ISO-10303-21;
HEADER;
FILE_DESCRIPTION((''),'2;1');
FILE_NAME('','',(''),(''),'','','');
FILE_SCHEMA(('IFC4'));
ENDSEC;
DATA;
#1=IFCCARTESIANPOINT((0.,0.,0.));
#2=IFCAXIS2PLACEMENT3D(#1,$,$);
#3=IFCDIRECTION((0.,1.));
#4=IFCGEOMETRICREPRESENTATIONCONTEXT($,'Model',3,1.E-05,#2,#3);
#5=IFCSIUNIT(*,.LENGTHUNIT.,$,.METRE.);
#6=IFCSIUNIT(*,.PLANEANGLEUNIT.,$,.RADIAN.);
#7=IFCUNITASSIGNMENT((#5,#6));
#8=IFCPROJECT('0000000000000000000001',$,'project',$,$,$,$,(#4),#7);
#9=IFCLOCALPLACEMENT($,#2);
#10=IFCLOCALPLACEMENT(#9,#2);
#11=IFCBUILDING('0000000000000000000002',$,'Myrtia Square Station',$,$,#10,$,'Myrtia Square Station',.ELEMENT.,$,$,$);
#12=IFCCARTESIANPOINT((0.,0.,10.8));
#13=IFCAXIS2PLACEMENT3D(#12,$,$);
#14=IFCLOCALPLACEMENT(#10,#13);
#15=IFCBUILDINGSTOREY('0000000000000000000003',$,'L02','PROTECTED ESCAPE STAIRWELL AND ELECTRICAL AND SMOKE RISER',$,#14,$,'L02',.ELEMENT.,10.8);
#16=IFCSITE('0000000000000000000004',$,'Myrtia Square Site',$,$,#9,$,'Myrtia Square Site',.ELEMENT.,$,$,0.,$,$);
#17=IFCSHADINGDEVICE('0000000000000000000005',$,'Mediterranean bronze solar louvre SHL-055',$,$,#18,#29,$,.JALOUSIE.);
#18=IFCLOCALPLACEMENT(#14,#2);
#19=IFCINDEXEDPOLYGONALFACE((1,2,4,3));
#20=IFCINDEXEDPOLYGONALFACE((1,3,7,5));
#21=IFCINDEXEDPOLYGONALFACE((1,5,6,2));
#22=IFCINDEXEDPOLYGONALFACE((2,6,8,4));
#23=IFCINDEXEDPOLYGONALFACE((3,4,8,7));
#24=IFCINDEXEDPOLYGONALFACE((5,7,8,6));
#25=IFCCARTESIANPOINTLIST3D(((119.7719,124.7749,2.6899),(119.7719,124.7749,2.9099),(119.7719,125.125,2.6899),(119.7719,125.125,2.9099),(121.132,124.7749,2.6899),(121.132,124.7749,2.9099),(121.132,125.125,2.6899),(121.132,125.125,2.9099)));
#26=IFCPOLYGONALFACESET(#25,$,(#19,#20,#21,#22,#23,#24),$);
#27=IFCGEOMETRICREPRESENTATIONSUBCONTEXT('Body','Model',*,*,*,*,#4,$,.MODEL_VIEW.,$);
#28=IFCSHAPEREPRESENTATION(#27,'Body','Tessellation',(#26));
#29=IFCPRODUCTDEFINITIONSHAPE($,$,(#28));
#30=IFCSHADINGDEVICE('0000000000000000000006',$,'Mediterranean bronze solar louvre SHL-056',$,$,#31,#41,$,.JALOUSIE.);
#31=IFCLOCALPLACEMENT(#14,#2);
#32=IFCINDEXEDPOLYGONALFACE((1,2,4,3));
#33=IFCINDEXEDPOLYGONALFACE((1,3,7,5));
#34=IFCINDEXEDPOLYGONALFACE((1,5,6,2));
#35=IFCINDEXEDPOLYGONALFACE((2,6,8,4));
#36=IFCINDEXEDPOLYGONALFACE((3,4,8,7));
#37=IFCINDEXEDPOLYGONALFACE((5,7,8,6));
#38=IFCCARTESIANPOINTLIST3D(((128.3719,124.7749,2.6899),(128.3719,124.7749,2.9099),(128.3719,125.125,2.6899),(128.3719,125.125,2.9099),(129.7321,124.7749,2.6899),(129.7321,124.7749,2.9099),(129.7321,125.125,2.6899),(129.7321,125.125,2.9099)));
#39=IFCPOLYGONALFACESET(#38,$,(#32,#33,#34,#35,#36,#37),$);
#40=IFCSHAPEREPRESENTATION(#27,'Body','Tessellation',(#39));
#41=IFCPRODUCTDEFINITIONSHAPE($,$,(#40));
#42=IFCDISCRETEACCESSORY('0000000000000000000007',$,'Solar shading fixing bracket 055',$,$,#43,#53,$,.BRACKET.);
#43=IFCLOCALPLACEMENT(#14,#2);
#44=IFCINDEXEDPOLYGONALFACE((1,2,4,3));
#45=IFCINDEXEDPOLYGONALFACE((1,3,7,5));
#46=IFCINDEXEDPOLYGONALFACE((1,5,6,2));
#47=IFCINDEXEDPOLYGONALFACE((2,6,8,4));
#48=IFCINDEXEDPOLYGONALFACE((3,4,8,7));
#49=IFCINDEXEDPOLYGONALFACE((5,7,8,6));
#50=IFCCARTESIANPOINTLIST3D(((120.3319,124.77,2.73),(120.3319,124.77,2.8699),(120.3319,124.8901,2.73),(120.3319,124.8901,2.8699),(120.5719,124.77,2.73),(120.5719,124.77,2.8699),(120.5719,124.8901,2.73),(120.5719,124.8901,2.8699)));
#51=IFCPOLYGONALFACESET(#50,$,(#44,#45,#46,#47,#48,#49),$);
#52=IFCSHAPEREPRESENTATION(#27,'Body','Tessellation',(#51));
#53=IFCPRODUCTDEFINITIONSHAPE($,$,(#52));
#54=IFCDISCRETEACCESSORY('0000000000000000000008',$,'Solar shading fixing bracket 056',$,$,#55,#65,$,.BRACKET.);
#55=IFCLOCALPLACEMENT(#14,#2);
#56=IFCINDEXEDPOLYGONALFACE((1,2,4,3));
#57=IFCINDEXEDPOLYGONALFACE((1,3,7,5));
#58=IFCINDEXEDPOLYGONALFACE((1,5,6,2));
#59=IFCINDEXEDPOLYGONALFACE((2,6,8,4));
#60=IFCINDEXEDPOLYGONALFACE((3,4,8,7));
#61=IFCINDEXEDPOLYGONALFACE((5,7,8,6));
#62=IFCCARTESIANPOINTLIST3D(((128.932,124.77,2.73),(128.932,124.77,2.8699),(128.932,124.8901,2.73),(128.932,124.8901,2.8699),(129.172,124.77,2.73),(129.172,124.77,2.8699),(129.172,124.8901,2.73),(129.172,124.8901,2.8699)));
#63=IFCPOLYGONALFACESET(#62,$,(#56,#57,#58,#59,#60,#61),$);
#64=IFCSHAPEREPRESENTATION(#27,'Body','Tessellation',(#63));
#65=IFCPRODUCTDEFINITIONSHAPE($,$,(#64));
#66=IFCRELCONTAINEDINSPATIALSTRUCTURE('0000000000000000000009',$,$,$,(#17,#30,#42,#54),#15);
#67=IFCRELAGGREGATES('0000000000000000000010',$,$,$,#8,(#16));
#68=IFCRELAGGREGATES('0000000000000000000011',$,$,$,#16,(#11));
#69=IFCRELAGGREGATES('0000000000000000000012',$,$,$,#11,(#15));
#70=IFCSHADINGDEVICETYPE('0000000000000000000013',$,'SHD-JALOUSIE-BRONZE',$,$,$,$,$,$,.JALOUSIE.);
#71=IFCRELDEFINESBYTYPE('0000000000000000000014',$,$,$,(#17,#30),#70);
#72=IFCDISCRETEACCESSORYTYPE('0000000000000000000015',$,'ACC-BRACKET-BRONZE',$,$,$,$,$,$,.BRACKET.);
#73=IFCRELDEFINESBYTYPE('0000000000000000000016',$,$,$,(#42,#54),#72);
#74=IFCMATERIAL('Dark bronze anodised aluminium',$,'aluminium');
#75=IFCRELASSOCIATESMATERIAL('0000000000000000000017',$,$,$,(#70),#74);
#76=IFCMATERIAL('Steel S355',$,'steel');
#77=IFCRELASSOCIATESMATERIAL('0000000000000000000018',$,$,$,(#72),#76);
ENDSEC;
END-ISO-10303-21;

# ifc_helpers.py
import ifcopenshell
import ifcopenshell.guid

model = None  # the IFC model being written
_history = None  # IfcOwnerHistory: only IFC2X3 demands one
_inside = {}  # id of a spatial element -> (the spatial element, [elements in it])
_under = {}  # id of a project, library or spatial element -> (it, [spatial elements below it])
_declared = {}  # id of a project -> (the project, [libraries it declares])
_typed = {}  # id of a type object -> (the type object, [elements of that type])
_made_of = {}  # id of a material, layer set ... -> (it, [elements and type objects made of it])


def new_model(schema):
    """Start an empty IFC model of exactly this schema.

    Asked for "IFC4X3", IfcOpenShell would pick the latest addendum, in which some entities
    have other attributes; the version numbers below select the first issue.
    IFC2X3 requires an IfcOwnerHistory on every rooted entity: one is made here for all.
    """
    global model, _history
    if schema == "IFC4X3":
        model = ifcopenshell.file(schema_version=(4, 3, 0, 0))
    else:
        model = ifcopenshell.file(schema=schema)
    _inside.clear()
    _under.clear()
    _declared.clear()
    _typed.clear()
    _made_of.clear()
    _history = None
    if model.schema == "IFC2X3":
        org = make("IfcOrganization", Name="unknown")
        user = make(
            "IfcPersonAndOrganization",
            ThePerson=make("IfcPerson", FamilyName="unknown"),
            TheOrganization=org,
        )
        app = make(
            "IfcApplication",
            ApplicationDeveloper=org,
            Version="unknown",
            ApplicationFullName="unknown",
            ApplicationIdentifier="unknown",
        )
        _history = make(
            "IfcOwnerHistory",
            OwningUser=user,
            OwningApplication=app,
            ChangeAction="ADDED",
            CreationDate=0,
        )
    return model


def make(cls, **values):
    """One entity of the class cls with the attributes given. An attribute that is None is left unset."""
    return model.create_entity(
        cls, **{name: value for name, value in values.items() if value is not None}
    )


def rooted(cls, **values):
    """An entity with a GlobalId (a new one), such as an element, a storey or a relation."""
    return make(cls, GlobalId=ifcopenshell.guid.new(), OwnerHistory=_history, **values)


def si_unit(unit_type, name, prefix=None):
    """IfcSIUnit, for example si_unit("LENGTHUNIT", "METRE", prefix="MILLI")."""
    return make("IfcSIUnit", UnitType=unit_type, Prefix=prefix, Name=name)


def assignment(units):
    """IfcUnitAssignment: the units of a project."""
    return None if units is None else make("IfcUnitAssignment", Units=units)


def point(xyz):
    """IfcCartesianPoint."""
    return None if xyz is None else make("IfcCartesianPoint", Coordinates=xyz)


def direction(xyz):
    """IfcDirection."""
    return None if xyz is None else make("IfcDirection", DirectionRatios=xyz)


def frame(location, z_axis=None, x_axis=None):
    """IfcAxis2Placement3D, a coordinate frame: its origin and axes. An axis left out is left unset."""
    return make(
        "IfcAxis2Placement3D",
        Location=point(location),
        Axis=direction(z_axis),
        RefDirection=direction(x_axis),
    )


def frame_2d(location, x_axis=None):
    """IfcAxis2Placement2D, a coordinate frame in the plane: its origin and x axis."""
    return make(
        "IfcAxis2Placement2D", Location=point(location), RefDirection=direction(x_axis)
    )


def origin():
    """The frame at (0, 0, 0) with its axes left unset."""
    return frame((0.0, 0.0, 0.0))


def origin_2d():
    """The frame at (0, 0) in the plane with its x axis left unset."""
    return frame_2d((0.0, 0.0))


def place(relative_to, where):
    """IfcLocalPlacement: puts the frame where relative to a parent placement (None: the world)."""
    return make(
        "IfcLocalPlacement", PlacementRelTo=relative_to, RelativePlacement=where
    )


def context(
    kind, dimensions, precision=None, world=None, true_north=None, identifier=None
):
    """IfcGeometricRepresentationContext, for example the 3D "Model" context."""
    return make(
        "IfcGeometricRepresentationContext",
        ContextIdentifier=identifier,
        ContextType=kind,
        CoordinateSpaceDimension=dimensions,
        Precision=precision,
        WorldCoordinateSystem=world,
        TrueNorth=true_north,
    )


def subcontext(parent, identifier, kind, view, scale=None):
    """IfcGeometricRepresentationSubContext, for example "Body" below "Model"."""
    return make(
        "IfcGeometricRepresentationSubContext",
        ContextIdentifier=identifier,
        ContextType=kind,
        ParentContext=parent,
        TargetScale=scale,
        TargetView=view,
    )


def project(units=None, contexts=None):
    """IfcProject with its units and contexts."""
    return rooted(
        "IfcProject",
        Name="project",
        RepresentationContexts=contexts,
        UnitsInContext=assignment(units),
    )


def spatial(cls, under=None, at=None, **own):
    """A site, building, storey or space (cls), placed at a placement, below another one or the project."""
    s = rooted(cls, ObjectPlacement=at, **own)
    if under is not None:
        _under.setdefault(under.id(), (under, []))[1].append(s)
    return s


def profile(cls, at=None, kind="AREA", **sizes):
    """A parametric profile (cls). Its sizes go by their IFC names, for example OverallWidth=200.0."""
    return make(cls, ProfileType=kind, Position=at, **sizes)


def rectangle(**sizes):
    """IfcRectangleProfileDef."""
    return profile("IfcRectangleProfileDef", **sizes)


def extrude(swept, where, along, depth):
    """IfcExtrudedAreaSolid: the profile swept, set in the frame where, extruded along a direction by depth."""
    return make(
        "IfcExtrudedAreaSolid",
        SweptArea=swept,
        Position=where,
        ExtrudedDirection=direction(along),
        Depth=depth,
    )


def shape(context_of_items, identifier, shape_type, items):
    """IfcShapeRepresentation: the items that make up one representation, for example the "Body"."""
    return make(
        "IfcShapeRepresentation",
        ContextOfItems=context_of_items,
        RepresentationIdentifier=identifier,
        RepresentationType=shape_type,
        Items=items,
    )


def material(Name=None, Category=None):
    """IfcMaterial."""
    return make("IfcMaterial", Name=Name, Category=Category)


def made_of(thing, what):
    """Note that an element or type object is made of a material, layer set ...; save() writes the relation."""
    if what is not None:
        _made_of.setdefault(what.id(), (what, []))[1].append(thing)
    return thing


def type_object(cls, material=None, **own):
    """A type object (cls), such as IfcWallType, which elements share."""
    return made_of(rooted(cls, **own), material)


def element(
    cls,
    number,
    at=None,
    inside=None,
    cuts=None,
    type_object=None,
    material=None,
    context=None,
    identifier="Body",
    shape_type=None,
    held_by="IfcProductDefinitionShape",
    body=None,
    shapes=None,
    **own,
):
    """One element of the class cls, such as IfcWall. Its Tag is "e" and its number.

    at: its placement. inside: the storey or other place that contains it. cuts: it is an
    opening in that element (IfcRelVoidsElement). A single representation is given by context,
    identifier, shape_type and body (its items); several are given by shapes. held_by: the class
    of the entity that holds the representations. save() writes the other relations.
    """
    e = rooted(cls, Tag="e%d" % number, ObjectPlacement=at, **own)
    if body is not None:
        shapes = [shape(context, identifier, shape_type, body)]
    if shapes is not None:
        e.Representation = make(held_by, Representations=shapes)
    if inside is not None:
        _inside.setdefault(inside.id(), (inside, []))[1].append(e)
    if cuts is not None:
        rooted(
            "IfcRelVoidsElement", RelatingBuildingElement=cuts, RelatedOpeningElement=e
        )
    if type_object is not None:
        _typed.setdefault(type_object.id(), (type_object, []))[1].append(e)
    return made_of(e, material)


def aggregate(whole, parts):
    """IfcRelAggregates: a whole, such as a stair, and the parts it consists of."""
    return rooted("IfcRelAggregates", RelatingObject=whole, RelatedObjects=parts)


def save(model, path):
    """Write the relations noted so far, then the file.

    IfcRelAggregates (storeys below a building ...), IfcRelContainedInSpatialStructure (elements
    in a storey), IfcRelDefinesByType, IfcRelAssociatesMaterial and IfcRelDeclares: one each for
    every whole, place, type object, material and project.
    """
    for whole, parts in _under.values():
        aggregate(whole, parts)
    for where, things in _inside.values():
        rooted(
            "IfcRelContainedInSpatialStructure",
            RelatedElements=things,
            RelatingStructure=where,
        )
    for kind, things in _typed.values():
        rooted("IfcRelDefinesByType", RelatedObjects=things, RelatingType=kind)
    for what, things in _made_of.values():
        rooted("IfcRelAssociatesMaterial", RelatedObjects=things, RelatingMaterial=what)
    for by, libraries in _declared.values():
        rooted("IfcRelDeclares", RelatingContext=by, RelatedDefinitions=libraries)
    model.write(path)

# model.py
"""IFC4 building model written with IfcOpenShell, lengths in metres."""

from ifc_helpers import new_model, si_unit, direction, frame, origin, origin_2d, place, context, subcontext, project, spatial, rectangle, extrude, material, type_object, element, save


model = new_model("IFC4")

# Units and contexts
model_context = context("Model", 3, precision=1e-05, world=origin(), true_north=direction((0.0, 1.0)))
body_context = subcontext(model_context, "Body", "Model", "MODEL_VIEW")
ifc_project = project(units=[si_unit("LENGTHUNIT", "METRE"), si_unit("PLANEANGLEUNIT", "RADIAN")], contexts=[model_context])

# Site, building, storey
site_placement = place(None, origin())
site = spatial("IfcSite", under=ifc_project, at=site_placement, Name="Myrtia Square Site", LongName="Myrtia Square Site", CompositionType="ELEMENT", RefElevation=0.0)
building_placement = place(site_placement, origin())
building = spatial("IfcBuilding", under=site, at=building_placement, Name="Myrtia Square Station", LongName="Myrtia Square Station", CompositionType="ELEMENT")
storey_placement = place(building_placement, frame((0.0, 0.0, 10.8)))
storey = spatial("IfcBuildingStorey", under=building, at=storey_placement, Name="L02", Description="PROTECTED ESCAPE STAIRWELL AND ELECTRICAL AND SMOKE RISER", LongName="L02", CompositionType="ELEMENT", Elevation=10.8)

# Shared definitions
ifc_material_1 = material(Name="Steel S355", Category="steel")

# Shared definitions
ifc_material_2 = material(Name="Dark bronze anodised aluminium", Category="aluminium")

# Shading devices
shading_device_type_1 = type_object("IfcShadingDeviceType", Name="SHD-JALOUSIE-BRONZE", PredefinedType="JALOUSIE", material=ifc_material_2)
for number, where, z_axis, x_axis, name in (
    (1, (120.4519, 124.95, 2.6899), (0.0, 0.0, 1.0), (1.0, 0.0, 0.0), "Mediterranean bronze solar louvre SHL-055"),
    (2, (129.052, 124.95, 2.6899), (0.0, 0.0, 1.0), (1.0, 0.0, 0.0), "Mediterranean bronze solar louvre SHL-056"),
):
    element("IfcShadingDevice", number, at=place(storey_placement, frame(where, z_axis=z_axis, x_axis=x_axis)), inside=storey, type_object=shading_device_type_1, Name=name, PredefinedType="JALOUSIE", context=body_context, shape_type="SweptSolid", body=[
        extrude(rectangle(XDim=1.3601, YDim=0.3501, at=origin_2d()), origin(), (0.0, 0.0, 1.0), 0.22),
    ])

# Discrete accessories
discrete_accessory_type = type_object("IfcDiscreteAccessoryType", Name="ACC-BRACKET-BRONZE", PredefinedType="BRACKET", material=ifc_material_1)
for number, where, z_axis, x_axis, name in (
    (3, (120.4519, 124.8301, 2.73), (0.0, 0.0, 1.0), (1.0, 0.0, 0.0), "Solar shading fixing bracket 055"),
    (4, (129.052, 124.8301, 2.73), (0.0, 0.0, 1.0), (1.0, 0.0, 0.0), "Solar shading fixing bracket 056"),
):
    element("IfcDiscreteAccessory", number, at=place(storey_placement, frame(where, z_axis=z_axis, x_axis=x_axis)), inside=storey, type_object=discrete_accessory_type, Name=name, PredefinedType="BRACKET", context=body_context, shape_type="SweptSolid", body=[
        extrude(rectangle(XDim=0.24, YDim=0.1201, at=origin_2d()), origin(), (0.0, 0.0, 1.0), 0.1399),
    ])

save(model, "model.ifc")
